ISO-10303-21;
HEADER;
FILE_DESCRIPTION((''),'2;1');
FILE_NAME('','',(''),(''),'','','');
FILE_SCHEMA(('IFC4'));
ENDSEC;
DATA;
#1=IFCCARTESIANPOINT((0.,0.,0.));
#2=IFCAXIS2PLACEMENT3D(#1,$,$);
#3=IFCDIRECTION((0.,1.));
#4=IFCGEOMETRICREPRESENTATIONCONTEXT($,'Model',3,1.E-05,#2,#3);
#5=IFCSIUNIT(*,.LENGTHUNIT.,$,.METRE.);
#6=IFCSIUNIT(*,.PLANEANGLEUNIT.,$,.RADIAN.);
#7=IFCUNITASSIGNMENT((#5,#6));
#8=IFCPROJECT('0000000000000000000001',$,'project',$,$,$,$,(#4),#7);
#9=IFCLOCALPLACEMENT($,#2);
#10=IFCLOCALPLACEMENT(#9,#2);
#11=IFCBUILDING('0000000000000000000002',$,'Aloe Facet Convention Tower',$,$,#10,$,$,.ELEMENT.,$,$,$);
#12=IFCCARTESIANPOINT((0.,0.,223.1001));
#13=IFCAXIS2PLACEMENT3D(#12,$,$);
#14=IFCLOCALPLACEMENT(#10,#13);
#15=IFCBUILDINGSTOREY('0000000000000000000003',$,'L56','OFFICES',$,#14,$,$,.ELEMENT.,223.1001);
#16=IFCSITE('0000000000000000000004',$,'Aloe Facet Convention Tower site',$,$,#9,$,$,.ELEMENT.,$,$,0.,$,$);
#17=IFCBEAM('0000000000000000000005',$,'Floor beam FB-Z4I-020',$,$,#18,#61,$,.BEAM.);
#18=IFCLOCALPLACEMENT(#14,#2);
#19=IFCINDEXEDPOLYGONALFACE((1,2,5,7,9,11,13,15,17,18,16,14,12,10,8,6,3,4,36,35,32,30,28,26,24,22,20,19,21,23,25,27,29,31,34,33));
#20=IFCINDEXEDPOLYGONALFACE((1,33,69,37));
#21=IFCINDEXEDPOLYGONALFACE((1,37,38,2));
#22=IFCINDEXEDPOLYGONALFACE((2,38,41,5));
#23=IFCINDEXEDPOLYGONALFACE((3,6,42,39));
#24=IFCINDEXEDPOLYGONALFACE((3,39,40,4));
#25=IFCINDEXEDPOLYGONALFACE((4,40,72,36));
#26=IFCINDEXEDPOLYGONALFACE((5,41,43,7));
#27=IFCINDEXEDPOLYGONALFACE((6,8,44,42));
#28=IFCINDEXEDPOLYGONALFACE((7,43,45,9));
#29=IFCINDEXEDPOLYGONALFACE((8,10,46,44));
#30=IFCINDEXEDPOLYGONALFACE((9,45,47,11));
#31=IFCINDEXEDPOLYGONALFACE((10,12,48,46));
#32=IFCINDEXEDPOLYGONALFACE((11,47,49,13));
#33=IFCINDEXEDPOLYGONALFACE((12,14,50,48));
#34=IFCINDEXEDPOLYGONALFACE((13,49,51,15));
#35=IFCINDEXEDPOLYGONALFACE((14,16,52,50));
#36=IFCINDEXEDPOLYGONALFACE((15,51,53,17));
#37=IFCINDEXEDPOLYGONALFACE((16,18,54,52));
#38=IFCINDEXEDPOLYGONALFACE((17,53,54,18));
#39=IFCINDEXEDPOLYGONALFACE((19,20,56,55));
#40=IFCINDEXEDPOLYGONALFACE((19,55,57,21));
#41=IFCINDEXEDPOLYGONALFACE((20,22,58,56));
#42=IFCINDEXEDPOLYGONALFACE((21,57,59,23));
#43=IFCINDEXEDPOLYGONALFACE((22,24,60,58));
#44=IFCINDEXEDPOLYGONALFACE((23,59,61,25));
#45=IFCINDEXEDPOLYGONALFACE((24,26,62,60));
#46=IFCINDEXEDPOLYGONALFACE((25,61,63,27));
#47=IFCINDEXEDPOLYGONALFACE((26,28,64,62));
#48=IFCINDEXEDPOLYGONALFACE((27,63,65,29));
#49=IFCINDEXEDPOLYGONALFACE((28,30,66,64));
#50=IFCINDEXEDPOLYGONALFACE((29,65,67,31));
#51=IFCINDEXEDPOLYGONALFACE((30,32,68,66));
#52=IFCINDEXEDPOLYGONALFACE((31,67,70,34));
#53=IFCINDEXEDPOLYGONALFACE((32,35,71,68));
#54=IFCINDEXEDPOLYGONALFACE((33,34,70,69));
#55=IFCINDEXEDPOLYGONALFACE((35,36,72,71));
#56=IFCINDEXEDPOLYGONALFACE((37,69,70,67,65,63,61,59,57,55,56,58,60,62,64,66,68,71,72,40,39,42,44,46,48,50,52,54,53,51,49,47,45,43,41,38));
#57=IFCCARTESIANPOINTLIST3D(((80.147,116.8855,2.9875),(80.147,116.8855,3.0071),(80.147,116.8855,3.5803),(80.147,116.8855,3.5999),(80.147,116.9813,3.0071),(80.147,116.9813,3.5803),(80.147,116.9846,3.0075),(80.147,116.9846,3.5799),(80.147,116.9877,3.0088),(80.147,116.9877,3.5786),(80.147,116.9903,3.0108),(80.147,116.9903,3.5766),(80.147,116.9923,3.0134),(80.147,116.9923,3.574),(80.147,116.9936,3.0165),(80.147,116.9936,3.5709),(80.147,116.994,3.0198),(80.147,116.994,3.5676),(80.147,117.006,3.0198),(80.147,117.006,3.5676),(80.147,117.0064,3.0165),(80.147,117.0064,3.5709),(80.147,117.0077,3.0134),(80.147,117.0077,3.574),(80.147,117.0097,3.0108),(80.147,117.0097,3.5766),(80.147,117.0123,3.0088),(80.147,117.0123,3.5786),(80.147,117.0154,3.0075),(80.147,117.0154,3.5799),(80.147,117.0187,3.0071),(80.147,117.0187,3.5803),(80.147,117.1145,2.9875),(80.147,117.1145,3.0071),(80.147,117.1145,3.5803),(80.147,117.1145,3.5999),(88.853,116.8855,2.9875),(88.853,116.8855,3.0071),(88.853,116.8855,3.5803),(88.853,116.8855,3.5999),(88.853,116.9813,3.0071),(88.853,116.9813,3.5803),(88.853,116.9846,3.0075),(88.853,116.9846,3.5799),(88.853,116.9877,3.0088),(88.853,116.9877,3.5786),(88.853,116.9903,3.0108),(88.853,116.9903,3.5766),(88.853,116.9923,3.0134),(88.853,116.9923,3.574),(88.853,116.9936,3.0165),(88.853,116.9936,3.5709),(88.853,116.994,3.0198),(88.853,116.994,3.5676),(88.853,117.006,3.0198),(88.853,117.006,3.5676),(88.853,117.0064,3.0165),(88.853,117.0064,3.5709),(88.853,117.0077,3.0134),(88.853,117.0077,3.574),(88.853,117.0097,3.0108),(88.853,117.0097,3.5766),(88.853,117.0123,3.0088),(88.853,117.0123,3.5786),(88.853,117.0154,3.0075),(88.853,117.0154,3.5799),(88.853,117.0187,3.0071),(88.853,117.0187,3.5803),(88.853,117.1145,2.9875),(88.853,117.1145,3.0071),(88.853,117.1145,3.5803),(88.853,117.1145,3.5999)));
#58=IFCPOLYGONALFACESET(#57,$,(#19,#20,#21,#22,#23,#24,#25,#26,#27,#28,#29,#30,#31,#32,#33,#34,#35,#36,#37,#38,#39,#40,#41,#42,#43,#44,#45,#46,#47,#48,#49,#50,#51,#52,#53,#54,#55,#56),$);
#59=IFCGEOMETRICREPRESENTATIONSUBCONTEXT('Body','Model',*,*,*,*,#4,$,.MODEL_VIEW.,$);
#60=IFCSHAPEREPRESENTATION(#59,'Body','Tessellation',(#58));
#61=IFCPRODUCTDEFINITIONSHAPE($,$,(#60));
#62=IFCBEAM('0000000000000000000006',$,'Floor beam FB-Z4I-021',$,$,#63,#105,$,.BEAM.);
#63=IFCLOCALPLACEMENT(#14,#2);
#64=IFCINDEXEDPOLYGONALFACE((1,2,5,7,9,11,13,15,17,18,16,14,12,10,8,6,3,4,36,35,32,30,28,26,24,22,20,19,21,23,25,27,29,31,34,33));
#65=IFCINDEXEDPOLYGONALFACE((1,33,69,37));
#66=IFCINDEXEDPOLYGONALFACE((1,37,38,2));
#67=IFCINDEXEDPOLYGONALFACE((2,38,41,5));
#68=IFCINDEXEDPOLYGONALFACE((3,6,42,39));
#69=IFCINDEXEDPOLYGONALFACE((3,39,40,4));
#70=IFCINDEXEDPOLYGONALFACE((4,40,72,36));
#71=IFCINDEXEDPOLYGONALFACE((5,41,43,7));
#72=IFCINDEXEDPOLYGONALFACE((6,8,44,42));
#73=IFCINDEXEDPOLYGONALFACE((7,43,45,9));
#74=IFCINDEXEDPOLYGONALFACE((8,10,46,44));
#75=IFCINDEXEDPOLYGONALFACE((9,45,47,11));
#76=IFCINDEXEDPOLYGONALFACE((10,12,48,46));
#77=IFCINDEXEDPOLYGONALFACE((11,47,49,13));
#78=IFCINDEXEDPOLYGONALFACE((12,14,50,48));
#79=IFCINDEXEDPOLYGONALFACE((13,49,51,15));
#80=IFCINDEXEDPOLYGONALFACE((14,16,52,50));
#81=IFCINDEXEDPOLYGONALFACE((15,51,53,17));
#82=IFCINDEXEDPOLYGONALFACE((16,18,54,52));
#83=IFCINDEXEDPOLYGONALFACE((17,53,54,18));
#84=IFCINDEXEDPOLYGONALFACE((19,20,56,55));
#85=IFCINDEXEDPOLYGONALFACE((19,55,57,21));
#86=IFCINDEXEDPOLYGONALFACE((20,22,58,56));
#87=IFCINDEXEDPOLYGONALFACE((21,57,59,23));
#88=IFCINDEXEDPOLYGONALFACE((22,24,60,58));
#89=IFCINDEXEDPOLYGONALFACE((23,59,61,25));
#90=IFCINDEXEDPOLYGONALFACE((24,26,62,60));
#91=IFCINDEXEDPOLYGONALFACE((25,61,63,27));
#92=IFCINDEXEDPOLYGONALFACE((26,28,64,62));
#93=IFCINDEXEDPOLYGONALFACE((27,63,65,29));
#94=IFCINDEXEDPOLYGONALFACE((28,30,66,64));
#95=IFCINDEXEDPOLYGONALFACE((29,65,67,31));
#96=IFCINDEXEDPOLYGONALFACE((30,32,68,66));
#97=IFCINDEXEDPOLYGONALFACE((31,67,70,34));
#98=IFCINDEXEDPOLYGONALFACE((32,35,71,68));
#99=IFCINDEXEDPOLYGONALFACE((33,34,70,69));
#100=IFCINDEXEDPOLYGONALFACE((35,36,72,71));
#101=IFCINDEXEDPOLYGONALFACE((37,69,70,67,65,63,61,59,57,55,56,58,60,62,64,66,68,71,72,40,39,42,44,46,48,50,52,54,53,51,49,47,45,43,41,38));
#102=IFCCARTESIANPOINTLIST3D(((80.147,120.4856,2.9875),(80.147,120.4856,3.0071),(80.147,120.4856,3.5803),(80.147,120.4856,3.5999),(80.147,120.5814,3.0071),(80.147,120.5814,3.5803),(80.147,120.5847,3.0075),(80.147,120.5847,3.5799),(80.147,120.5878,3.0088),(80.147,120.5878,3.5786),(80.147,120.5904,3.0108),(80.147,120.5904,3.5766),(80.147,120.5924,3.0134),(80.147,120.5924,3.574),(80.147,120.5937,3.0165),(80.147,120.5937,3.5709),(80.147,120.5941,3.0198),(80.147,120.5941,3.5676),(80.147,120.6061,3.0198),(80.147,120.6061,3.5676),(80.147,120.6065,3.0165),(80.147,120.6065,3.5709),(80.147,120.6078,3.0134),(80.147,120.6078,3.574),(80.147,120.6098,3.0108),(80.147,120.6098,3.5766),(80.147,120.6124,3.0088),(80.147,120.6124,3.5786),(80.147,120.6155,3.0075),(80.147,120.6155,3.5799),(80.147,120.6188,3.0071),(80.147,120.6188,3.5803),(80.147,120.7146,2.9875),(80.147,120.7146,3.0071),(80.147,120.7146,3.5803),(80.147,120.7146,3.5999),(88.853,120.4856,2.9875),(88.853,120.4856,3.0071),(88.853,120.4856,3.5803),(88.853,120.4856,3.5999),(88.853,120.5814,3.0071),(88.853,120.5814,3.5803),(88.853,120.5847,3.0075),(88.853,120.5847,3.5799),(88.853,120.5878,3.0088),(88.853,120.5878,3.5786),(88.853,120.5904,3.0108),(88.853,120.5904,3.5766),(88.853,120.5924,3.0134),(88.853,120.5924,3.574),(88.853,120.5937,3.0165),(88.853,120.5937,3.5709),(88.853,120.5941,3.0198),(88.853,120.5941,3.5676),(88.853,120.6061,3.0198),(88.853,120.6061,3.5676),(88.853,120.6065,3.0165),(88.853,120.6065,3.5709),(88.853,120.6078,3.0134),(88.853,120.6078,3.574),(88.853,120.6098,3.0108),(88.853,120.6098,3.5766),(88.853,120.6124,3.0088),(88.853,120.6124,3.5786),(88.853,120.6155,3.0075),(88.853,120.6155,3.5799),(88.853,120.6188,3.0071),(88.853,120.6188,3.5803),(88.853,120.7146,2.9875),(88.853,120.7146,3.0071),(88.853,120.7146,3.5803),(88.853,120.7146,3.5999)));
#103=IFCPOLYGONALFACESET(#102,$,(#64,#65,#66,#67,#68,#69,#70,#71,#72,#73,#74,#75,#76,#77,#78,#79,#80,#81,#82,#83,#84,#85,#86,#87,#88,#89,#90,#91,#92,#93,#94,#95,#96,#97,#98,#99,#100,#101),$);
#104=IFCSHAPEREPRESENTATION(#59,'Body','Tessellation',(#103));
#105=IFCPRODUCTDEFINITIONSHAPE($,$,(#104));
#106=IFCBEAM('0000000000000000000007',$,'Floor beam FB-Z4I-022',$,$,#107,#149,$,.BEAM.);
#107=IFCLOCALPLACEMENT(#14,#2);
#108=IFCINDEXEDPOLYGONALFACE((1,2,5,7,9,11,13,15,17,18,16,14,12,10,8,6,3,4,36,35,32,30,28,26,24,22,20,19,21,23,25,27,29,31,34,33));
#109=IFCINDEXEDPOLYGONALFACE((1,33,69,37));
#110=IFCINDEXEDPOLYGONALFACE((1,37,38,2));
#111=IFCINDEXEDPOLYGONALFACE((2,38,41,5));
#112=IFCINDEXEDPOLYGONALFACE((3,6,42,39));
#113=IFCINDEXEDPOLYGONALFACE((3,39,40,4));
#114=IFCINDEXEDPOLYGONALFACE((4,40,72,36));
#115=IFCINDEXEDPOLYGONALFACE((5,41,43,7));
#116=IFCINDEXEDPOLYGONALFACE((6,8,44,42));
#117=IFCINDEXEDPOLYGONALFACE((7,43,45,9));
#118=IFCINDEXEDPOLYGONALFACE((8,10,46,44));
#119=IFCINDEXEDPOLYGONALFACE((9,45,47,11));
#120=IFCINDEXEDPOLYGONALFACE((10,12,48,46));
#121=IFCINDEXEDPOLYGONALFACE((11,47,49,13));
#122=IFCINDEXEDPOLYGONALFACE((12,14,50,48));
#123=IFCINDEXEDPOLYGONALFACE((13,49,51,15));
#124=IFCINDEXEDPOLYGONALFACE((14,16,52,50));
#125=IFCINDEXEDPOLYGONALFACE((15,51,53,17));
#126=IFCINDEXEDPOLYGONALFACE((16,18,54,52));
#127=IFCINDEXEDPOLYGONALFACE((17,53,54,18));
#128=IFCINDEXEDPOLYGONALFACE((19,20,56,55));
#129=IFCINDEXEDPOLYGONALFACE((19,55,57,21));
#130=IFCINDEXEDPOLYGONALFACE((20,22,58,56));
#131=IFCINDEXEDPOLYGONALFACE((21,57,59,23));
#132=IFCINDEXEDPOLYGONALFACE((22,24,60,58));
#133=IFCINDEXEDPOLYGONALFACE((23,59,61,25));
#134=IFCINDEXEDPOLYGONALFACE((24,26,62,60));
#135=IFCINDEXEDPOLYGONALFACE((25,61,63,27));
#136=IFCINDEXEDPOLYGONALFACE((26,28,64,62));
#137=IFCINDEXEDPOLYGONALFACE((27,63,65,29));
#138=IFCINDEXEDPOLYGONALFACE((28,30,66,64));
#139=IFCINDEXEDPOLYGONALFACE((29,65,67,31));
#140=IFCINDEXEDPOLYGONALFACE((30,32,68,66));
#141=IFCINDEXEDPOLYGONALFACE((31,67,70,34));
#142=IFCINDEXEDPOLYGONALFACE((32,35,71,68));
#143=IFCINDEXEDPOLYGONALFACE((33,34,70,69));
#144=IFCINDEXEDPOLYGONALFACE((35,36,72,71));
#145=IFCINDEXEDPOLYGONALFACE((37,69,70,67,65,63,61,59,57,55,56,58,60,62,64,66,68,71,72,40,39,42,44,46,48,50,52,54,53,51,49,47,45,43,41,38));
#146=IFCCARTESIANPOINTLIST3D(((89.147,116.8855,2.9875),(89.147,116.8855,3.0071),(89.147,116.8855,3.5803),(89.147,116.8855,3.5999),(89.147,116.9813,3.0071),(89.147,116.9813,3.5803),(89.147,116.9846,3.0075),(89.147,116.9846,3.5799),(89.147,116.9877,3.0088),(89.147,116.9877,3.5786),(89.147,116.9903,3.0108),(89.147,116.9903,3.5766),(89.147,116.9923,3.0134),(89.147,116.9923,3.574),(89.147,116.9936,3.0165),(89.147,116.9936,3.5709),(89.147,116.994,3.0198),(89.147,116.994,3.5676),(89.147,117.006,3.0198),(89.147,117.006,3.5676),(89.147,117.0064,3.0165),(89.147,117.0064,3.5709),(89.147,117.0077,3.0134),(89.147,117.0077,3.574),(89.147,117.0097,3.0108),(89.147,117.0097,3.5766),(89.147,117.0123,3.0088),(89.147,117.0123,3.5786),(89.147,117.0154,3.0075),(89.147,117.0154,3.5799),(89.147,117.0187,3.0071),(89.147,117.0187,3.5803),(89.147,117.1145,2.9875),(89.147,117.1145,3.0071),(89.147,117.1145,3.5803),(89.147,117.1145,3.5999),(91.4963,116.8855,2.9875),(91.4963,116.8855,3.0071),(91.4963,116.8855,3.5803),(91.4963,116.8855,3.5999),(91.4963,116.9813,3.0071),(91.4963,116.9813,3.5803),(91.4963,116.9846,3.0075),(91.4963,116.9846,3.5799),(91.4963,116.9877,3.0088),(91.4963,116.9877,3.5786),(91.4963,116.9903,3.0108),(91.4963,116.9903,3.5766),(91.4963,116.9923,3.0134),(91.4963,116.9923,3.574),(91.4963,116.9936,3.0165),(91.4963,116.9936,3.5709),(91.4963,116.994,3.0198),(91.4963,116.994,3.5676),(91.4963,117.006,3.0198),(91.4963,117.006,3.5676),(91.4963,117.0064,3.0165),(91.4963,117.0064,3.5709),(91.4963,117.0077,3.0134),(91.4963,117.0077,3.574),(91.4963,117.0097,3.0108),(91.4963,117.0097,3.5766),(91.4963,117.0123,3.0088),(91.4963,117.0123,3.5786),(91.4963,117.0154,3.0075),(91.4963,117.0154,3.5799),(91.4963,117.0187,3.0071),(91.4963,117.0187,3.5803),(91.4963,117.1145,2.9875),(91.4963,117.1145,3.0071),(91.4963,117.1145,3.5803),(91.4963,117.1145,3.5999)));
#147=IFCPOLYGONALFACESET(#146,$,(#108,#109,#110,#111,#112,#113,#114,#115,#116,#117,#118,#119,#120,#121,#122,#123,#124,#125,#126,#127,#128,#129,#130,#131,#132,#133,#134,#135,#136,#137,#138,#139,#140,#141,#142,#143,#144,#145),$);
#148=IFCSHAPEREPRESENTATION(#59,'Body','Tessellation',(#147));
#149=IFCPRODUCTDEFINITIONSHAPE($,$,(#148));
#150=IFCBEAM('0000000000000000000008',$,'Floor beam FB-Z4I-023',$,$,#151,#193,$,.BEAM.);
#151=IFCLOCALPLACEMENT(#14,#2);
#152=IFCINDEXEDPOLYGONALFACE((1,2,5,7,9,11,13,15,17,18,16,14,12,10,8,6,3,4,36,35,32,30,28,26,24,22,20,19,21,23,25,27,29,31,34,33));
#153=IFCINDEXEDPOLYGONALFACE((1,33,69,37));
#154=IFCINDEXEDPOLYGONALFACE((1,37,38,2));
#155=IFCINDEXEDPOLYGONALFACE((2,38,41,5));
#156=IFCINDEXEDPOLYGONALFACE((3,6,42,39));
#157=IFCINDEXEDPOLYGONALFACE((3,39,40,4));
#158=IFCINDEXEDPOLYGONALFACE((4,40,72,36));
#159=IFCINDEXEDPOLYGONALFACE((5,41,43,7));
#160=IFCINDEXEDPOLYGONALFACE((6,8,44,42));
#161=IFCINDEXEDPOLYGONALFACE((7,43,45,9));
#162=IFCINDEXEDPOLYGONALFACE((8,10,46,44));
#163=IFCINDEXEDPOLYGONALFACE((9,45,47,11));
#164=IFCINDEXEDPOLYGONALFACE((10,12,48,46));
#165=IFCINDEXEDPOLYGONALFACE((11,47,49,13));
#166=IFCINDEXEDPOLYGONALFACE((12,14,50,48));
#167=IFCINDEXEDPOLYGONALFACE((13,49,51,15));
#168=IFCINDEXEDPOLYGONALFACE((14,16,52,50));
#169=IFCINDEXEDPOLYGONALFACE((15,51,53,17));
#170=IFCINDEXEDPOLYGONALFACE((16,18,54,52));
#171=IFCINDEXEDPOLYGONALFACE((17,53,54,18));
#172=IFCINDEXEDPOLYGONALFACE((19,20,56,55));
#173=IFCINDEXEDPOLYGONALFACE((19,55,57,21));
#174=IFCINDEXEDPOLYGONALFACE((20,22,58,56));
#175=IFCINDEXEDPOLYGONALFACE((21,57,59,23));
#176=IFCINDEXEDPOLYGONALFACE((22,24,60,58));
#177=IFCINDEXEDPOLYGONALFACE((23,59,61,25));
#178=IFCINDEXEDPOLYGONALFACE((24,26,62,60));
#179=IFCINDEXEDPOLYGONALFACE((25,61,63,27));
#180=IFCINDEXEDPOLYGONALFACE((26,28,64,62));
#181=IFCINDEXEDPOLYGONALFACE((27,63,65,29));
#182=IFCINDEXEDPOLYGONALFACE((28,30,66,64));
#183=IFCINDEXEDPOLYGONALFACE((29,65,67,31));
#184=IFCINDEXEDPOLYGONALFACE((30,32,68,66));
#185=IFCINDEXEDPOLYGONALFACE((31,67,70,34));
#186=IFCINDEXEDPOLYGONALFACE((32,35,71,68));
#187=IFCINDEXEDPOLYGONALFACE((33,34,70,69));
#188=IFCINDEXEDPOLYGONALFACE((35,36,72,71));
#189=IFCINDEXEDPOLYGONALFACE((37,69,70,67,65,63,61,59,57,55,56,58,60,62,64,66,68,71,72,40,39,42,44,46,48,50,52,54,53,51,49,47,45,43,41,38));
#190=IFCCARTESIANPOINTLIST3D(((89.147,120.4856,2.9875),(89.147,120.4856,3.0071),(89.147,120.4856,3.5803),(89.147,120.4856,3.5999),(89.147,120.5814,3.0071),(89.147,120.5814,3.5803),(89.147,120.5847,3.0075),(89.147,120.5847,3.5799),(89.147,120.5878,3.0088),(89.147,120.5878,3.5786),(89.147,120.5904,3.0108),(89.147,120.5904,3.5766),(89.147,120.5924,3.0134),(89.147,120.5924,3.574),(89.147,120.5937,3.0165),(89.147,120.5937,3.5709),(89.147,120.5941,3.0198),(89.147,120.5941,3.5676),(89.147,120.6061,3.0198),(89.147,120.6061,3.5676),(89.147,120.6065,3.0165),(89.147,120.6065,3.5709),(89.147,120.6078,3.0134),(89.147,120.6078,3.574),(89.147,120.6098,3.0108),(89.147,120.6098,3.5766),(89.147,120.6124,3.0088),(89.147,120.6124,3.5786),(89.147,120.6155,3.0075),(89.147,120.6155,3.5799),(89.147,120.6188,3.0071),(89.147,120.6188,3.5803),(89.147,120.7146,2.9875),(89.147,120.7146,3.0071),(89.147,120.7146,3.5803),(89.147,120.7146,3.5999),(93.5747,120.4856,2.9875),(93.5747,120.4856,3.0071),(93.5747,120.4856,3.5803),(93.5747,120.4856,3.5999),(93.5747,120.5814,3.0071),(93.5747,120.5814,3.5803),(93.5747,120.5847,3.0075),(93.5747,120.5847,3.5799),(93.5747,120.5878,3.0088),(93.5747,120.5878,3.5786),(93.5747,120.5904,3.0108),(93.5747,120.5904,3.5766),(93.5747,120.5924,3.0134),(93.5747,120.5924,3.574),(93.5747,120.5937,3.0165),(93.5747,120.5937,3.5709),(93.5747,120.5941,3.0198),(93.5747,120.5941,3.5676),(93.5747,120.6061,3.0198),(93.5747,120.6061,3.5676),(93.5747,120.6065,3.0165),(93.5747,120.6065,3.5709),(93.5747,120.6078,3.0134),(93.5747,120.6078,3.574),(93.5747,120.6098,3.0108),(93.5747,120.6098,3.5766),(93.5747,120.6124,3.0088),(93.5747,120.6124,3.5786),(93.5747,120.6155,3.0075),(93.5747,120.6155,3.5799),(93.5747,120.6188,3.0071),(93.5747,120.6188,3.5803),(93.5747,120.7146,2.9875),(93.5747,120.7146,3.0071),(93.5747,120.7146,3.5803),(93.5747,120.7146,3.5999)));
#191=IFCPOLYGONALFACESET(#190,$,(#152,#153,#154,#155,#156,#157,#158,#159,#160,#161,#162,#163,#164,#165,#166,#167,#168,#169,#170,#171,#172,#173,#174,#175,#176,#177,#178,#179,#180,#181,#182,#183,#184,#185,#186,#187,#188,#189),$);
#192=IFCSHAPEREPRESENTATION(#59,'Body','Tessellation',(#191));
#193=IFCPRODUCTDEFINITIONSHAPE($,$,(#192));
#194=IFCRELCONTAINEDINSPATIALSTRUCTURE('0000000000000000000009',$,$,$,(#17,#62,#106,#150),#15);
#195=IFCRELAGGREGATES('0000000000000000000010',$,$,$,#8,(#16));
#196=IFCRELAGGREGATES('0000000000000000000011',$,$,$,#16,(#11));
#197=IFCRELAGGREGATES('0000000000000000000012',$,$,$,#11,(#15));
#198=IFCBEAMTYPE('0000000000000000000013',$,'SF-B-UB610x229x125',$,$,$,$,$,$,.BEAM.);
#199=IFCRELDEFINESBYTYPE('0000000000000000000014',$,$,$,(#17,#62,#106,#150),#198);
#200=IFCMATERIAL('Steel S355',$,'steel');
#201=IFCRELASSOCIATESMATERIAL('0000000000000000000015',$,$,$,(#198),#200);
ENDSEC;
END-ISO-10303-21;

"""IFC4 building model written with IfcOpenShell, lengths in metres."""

from ifc_helpers import new_model, si_unit, direction, frame, origin, origin_2d, place, context, subcontext, project, spatial, i_section, extrude, material, material_profile, profile_set, type_object, element, save


model = new_model("IFC4")

# Units and contexts
model_context = context("Model", 3, precision=1e-05, world=origin(), true_north=direction((0.0, 1.0)))
body_context = subcontext(model_context, "Body", "Model", "MODEL_VIEW")
ifc_project = project(units=[si_unit("LENGTHUNIT", "METRE"), si_unit("PLANEANGLEUNIT", "RADIAN")], contexts=[model_context])

# Site, building, storey
site_placement = place(None, origin())
site = spatial("IfcSite", under=ifc_project, at=site_placement, Name="Aloe Facet Convention Tower site", CompositionType="ELEMENT", RefElevation=0.0)
building_placement = place(site_placement, origin())
building = spatial("IfcBuilding", under=site, at=building_placement, Name="Aloe Facet Convention Tower", CompositionType="ELEMENT")
storey_placement = place(building_placement, frame((0.0, 0.0, 223.1001)))
storey = spatial("IfcBuildingStorey", under=building, at=storey_placement, Name="L56", Description="OFFICES", CompositionType="ELEMENT", Elevation=223.1001)

# Beams
ifc_material_1 = material(Name="Steel S355", Category="steel")
ifc_material_profile_1 = material_profile(ifc_material_1, i_section(OverallWidth=0.229, OverallDepth=0.6123, WebThickness=0.012, FlangeThickness=0.0195, FilletRadius=0.0127, at=origin_2d()), Name="UB 610x229x125")
ifc_profile_set_1 = profile_set([ifc_material_profile_1], Name="Steel S355")
beam_type_1 = type_object("IfcBeamType", Name="SF-B-UB610x229x125", PredefinedType="BEAM", material=ifc_profile_set_1)
for number, where, z_axis, x_axis, name in (
    (1, (80.147, 117.0, 3.2937), (1.0, 0.0, 0.0), (0.0, 1.0, 0.0), "Floor beam FB-Z4I-020"),
    (2, (80.147, 120.6001, 3.2937), (1.0, 0.0, 0.0), (0.0, 1.0, 0.0), "Floor beam FB-Z4I-021"),
):
    element("IfcBeam", number, at=place(storey_placement, frame(where, z_axis=z_axis, x_axis=x_axis)), inside=storey, type_object=beam_type_1, Name=name, PredefinedType="BEAM", context=body_context, shape_type="SweptSolid", body=[
        extrude(i_section(OverallWidth=0.229, OverallDepth=0.6123, WebThickness=0.012, FlangeThickness=0.0195, FilletRadius=0.0127, at=origin_2d()), origin(), (0.0, 0.0, 1.0), 8.7061),
    ])
beam_1_placement = place(storey_placement, frame((89.147, 117.0, 3.2937), z_axis=(1.0, 0.0, 0.0), x_axis=(0.0, 1.0, 0.0)))
element("IfcBeam", 3, at=beam_1_placement, inside=storey, type_object=beam_type_1, Name="Floor beam FB-Z4I-022", PredefinedType="BEAM", context=body_context, shape_type="SweptSolid", body=[
    extrude(i_section(OverallWidth=0.229, OverallDepth=0.6123, WebThickness=0.012, FlangeThickness=0.0195, FilletRadius=0.0127, at=origin_2d()), origin(), (0.0, 0.0, 1.0), 2.3494),
])
beam_2_placement = place(storey_placement, frame((89.147, 120.6001, 3.2937), z_axis=(1.0, 0.0, 0.0), x_axis=(0.0, 1.0, 0.0)))
element("IfcBeam", 4, at=beam_2_placement, inside=storey, type_object=beam_type_1, Name="Floor beam FB-Z4I-023", PredefinedType="BEAM", context=body_context, shape_type="SweptSolid", body=[
    extrude(i_section(OverallWidth=0.229, OverallDepth=0.6123, WebThickness=0.012, FlangeThickness=0.0195, FilletRadius=0.0127, at=origin_2d()), origin(), (0.0, 0.0, 1.0), 4.4277),
])

save(model, "model.ifc")
